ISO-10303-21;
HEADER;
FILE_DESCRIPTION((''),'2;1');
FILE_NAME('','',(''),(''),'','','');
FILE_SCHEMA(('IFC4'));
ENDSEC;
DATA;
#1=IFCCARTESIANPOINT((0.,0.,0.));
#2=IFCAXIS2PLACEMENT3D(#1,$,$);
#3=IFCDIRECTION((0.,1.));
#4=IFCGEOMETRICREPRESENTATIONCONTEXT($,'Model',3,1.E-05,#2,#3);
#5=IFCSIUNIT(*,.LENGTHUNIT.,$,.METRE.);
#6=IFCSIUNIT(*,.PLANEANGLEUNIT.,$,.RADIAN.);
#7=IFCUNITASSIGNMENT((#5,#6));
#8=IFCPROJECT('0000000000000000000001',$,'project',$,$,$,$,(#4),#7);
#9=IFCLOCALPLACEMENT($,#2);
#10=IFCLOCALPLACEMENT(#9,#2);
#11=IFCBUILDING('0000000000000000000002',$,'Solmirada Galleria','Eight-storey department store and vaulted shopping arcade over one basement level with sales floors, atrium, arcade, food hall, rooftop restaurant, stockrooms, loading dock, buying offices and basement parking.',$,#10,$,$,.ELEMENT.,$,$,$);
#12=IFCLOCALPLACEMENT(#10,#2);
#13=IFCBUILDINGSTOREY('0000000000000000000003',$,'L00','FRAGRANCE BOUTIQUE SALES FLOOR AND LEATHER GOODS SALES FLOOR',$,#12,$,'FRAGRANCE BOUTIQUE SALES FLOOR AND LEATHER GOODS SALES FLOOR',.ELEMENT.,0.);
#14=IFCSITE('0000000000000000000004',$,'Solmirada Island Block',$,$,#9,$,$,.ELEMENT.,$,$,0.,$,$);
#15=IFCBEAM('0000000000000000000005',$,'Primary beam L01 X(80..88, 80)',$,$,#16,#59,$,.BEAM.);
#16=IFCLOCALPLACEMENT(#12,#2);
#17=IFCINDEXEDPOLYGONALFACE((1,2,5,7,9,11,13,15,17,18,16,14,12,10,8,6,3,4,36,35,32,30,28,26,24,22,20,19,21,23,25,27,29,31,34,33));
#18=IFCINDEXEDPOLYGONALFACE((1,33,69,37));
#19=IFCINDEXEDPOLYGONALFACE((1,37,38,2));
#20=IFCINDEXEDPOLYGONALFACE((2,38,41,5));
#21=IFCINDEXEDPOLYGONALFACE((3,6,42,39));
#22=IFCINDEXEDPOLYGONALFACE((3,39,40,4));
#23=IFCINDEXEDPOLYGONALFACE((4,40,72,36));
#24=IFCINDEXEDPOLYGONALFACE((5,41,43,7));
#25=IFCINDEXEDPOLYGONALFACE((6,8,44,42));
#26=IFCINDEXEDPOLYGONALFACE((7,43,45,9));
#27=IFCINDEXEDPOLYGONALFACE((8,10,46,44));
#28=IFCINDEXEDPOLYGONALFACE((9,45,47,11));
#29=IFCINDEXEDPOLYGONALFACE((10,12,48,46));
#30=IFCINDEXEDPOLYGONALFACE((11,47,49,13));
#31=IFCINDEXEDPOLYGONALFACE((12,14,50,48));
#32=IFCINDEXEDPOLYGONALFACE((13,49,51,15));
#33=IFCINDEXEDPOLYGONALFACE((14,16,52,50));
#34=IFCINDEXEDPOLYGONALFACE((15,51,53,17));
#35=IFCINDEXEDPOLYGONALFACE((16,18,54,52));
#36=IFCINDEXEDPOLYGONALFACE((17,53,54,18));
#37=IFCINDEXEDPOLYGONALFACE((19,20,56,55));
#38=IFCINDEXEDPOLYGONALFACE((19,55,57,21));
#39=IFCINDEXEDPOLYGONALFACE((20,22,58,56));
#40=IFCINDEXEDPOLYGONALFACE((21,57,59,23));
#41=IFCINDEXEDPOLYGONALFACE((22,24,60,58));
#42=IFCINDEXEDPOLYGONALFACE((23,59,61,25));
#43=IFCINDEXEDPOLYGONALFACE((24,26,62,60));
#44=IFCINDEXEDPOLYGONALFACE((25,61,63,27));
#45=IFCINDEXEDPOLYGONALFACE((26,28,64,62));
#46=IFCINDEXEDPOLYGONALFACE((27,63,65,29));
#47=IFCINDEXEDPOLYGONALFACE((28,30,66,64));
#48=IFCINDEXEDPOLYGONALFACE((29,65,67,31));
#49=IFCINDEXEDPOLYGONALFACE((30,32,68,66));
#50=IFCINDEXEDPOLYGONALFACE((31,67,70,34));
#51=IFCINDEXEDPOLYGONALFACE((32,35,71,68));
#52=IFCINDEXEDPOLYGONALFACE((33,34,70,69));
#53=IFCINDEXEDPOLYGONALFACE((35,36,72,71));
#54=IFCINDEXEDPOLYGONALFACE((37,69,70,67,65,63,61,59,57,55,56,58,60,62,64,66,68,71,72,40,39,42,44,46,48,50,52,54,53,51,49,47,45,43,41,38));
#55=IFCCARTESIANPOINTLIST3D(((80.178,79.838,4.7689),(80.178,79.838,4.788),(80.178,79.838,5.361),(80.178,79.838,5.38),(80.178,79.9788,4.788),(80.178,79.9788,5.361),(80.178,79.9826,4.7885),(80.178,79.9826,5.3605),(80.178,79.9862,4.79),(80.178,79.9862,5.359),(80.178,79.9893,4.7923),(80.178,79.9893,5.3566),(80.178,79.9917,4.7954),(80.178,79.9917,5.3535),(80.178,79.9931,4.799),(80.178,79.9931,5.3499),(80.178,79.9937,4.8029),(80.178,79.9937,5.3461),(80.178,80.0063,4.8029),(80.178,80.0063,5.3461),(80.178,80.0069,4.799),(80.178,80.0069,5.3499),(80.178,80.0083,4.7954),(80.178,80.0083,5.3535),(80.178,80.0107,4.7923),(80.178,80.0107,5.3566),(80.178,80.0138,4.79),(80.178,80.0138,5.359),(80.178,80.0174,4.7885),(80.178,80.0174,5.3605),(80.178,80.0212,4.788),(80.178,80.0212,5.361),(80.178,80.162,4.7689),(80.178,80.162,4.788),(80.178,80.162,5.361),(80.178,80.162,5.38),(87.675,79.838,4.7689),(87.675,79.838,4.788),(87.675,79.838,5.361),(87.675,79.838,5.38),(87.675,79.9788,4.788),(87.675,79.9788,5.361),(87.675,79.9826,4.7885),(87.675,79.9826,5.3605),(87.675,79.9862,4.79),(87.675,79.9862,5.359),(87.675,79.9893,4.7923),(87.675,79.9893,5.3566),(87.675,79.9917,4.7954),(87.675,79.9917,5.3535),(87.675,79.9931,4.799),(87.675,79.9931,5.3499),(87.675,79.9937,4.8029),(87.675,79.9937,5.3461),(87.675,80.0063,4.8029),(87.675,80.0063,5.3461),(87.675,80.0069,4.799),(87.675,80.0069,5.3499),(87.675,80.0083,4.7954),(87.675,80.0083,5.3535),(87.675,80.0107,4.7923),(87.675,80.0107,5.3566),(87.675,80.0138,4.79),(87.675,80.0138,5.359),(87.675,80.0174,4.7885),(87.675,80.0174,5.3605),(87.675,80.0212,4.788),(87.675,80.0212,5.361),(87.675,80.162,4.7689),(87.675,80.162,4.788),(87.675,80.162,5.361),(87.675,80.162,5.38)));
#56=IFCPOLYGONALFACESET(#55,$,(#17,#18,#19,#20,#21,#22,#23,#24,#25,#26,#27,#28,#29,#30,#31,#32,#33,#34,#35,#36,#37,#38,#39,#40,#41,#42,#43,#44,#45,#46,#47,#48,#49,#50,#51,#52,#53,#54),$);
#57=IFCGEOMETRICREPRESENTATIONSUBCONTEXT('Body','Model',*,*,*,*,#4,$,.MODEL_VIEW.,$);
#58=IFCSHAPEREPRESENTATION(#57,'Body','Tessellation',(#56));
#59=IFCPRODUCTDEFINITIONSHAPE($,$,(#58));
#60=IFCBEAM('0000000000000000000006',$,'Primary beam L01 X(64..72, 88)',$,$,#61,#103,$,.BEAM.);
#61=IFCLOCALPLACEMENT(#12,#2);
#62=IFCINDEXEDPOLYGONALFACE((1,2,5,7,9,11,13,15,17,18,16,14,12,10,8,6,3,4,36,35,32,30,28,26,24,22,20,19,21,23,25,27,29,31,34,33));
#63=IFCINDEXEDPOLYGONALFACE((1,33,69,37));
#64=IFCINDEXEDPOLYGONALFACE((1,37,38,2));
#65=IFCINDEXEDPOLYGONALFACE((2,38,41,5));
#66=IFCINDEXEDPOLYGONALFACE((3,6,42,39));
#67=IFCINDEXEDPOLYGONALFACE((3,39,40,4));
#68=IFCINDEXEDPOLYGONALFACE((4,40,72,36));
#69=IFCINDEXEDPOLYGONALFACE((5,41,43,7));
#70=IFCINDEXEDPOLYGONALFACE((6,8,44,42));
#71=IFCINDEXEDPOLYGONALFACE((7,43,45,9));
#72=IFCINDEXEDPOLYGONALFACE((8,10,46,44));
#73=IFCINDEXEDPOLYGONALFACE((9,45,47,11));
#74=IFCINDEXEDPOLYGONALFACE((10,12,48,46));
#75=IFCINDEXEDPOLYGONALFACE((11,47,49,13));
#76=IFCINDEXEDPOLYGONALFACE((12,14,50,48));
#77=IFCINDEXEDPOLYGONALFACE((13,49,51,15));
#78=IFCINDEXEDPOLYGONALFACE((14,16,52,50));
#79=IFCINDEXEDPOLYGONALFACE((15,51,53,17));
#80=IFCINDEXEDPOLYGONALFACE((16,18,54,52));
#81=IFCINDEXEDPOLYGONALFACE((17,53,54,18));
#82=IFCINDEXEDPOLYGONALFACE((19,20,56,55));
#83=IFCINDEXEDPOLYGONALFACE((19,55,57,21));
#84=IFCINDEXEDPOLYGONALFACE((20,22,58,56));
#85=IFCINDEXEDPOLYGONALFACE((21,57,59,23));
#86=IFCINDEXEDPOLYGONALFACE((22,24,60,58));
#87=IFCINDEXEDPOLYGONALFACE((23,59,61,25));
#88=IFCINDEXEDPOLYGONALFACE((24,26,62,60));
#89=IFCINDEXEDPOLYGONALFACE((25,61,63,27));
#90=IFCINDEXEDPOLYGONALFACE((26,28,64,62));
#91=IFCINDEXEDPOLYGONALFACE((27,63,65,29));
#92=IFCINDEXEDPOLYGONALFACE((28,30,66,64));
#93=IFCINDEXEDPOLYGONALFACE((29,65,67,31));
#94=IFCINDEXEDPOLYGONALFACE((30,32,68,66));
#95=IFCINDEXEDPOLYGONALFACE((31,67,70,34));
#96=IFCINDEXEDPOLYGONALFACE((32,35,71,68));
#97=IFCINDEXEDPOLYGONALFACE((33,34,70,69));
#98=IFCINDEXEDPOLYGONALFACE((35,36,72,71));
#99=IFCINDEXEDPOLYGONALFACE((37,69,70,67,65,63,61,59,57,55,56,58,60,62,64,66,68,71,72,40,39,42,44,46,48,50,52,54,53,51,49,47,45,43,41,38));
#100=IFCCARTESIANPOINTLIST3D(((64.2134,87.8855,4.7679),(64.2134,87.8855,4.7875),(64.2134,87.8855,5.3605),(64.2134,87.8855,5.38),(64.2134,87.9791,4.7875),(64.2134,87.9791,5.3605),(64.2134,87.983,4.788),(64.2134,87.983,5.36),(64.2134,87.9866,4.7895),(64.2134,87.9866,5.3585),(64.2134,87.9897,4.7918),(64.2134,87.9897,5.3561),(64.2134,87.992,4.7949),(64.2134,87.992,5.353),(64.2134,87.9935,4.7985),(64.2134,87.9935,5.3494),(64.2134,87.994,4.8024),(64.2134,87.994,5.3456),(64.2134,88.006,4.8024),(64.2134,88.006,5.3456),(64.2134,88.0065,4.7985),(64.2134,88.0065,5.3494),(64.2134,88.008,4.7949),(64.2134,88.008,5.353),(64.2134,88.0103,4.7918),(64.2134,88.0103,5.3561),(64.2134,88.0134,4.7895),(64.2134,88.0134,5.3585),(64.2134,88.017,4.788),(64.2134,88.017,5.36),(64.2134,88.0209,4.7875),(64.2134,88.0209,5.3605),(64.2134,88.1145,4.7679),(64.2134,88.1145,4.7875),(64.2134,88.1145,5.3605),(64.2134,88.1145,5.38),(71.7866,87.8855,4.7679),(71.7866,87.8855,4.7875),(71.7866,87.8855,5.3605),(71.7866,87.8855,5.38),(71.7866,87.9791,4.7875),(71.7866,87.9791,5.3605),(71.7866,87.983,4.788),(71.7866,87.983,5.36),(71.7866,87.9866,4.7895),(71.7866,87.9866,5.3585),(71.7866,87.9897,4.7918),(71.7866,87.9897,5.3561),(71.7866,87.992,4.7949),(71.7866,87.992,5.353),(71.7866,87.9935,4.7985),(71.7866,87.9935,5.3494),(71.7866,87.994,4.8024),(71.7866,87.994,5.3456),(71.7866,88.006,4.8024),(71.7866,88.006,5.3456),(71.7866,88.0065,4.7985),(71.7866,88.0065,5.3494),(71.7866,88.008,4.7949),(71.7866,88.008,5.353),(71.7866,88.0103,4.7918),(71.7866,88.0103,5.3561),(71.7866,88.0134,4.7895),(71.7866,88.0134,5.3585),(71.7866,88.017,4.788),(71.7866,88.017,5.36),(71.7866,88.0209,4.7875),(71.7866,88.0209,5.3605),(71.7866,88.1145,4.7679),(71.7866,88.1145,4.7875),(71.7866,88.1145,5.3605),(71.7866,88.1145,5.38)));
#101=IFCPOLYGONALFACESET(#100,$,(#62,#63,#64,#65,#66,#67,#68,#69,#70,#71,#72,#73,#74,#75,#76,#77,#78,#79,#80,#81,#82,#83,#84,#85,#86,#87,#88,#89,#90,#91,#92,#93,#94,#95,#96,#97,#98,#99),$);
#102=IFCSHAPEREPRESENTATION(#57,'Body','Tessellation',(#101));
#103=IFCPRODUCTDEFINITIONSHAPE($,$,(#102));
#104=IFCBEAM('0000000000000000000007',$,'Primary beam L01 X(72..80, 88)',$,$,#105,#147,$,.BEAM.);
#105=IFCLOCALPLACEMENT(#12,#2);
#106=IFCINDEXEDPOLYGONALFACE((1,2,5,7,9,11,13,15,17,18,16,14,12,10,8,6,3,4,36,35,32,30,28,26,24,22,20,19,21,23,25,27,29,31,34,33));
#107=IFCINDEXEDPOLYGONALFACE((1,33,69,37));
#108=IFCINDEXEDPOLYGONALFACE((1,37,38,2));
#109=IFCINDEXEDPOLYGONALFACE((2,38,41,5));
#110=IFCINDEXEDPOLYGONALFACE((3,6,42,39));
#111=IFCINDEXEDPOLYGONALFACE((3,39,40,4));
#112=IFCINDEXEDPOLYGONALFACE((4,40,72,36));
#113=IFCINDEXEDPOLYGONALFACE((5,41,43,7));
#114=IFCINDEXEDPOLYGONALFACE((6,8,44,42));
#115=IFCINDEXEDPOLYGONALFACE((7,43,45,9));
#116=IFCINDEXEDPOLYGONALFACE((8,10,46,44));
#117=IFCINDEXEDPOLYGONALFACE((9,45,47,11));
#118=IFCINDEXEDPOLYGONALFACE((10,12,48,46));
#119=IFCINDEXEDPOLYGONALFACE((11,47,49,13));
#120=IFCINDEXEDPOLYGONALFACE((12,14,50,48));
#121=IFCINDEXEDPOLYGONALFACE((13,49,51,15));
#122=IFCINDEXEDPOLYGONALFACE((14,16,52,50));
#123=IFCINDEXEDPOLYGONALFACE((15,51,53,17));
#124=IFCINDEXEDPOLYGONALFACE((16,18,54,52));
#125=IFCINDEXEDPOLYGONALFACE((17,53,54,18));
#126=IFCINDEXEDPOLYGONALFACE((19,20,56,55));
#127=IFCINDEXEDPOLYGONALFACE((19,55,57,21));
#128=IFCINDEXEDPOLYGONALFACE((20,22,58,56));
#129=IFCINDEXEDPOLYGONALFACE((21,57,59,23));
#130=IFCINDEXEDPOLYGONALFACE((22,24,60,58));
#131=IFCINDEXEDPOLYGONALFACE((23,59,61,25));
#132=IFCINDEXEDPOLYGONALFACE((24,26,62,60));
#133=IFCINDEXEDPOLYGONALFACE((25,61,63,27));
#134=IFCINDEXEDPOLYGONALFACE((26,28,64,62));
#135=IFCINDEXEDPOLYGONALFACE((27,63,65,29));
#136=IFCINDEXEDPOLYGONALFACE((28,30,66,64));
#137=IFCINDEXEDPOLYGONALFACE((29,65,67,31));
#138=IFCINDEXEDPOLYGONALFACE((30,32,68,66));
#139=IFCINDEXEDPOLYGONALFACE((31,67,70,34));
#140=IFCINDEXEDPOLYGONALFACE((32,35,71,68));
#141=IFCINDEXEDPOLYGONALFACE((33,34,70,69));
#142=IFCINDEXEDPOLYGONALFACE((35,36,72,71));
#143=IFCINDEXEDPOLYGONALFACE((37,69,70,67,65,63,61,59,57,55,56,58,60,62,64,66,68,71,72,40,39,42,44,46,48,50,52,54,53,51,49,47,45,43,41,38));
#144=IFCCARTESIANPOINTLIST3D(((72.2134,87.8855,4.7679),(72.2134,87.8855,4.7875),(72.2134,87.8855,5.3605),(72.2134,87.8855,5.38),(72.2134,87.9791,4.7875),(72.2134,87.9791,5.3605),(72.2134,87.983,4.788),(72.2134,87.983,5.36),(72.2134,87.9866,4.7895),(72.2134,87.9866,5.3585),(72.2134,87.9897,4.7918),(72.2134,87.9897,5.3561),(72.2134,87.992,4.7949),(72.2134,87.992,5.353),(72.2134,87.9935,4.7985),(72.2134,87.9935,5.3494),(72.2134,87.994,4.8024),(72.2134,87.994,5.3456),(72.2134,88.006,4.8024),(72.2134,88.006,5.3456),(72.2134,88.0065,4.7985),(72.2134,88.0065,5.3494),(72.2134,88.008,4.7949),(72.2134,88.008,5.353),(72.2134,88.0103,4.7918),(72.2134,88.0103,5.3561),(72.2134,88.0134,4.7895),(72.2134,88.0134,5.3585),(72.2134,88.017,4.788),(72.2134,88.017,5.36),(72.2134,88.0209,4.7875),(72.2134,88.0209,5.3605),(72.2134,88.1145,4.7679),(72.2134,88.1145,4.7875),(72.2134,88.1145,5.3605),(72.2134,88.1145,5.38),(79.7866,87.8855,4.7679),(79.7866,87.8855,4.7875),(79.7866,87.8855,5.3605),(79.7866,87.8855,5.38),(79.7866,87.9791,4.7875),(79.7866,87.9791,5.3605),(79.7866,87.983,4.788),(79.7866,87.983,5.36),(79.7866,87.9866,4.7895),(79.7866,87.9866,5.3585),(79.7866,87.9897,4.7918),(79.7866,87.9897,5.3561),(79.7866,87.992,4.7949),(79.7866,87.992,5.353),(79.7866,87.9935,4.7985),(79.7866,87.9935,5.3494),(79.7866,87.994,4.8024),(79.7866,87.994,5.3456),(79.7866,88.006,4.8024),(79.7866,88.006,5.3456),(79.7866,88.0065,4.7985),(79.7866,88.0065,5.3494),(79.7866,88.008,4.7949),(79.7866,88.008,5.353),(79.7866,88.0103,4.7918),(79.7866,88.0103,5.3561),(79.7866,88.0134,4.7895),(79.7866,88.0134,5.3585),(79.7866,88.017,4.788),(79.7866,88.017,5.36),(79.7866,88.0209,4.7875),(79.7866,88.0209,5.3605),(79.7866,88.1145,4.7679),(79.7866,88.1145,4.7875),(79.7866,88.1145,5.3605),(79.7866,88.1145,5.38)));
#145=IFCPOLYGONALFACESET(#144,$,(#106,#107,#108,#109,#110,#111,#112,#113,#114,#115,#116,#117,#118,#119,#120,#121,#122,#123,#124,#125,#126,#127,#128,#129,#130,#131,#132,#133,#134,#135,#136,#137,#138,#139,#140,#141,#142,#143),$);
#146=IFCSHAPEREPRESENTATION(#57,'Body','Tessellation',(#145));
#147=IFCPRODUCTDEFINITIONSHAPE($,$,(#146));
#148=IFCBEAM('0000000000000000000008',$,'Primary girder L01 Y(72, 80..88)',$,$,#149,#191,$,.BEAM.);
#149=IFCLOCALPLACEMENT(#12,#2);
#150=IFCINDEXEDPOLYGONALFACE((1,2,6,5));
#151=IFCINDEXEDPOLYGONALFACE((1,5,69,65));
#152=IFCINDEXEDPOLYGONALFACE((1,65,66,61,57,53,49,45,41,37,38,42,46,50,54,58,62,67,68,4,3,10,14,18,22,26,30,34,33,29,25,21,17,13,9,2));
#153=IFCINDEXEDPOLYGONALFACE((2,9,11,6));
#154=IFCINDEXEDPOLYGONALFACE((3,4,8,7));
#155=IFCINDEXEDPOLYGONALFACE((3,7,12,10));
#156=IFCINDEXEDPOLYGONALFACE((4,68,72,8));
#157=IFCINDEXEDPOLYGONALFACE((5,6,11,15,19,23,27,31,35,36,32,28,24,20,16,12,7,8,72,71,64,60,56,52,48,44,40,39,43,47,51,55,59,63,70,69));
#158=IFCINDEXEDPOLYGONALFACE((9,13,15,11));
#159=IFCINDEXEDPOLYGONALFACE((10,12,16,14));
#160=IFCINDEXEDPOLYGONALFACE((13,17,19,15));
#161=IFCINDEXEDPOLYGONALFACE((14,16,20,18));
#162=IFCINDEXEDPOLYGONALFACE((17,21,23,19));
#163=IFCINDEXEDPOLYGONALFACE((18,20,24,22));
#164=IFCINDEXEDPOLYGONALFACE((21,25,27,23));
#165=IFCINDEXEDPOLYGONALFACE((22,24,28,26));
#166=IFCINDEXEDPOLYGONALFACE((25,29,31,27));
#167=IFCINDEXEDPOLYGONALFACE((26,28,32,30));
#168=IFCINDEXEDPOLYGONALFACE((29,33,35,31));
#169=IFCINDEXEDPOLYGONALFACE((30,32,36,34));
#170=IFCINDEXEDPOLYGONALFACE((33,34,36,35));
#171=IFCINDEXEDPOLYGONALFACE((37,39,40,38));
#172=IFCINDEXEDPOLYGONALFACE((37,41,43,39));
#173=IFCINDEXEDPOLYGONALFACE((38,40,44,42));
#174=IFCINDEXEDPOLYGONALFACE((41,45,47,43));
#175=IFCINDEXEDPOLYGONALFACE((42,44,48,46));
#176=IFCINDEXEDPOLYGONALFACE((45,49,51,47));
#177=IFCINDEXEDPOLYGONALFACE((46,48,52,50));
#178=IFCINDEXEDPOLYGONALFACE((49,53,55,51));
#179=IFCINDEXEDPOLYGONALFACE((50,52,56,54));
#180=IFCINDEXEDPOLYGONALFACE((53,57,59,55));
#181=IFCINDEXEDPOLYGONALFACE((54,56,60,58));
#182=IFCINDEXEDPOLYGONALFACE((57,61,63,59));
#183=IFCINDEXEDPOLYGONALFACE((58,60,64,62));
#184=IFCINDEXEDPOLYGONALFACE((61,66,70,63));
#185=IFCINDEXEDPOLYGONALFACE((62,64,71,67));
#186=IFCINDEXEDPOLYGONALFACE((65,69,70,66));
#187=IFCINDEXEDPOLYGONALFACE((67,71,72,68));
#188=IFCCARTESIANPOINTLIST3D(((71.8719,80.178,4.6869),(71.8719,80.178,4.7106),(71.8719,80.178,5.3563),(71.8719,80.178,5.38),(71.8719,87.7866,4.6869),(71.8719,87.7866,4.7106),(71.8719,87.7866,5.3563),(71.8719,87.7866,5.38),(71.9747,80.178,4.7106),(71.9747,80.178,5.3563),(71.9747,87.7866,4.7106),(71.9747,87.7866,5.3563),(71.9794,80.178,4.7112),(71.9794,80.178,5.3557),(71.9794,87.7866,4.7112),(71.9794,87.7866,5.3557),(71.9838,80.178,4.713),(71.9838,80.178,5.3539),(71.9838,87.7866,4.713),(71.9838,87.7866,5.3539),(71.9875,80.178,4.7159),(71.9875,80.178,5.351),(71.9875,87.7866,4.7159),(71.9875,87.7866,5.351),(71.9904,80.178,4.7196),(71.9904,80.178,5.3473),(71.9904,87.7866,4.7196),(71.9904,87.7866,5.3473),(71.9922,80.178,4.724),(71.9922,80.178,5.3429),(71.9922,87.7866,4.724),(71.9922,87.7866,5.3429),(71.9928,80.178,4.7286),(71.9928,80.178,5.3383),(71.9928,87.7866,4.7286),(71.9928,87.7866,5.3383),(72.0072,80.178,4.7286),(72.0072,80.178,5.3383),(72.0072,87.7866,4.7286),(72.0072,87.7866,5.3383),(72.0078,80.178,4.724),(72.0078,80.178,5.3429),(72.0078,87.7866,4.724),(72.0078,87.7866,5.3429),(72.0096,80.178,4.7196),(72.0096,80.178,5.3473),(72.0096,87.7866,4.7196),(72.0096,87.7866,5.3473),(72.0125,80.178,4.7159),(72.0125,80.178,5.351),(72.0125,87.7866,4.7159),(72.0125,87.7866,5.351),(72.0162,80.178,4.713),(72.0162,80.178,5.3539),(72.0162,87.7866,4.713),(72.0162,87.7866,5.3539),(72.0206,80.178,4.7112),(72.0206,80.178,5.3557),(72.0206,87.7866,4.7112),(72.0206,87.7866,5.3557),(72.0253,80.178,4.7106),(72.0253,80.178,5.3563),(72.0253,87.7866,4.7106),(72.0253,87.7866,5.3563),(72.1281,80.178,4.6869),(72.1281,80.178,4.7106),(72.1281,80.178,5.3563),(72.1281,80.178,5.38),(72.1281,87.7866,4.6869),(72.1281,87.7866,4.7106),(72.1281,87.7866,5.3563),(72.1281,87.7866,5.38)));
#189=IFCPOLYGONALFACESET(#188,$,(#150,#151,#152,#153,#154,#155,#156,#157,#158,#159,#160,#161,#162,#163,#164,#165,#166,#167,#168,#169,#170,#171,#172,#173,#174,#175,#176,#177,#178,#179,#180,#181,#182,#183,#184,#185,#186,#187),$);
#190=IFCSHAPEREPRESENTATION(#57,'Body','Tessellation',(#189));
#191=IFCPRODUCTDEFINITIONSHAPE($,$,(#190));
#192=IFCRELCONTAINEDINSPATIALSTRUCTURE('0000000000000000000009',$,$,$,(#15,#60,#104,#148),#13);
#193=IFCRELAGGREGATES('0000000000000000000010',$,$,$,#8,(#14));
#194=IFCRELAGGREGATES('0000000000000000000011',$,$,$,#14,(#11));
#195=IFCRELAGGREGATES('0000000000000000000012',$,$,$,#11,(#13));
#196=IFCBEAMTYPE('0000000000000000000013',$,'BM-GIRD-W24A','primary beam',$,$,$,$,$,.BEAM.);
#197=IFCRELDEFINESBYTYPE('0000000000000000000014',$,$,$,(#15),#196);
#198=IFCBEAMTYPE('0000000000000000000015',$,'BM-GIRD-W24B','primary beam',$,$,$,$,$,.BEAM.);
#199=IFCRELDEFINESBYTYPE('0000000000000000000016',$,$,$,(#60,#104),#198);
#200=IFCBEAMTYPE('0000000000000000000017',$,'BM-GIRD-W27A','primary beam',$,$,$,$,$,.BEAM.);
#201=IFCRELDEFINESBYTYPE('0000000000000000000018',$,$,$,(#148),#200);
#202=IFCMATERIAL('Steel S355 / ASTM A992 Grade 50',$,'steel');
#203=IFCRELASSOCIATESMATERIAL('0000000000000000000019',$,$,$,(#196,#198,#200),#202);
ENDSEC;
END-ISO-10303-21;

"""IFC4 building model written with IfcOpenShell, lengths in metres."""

from ifc_helpers import new_model, si_unit, direction, frame, origin, origin_2d, place, context, subcontext, project, spatial, i_section, extrude, material, material_profile, profile_set, type_object, element, save


model = new_model("IFC4")

# Units and contexts
model_context = context("Model", 3, precision=1e-05, world=origin(), true_north=direction((0.0, 1.0)))
body_context = subcontext(model_context, "Body", "Model", "MODEL_VIEW")
ifc_project = project(units=[si_unit("LENGTHUNIT", "METRE"), si_unit("PLANEANGLEUNIT", "RADIAN")], contexts=[model_context])

# Site, building, storey
site_placement = place(None, origin())
site = spatial("IfcSite", under=ifc_project, at=site_placement, Name="Solmirada Island Block", CompositionType="ELEMENT", RefElevation=0.0)
building_placement = place(site_placement, origin())
building = spatial("IfcBuilding", under=site, at=building_placement, Name="Solmirada Galleria", Description="Eight-storey department store and vaulted shopping arcade over one basement level with sales floors, atrium, arcade, food hall, rooftop restaurant, stockrooms, loading dock, buying offices and basement parking.", CompositionType="ELEMENT")
storey_placement = place(building_placement, origin())
storey = spatial("IfcBuildingStorey", under=building, at=storey_placement, Name="L00", Description="FRAGRANCE BOUTIQUE SALES FLOOR AND LEATHER GOODS SALES FLOOR", LongName="FRAGRANCE BOUTIQUE SALES FLOOR AND LEATHER GOODS SALES FLOOR", CompositionType="ELEMENT", Elevation=0.0)

# Beams
ifc_material_1 = material(Name="Steel S355 / ASTM A992 Grade 50", Category="steel")
ifc_material_profile_1 = material_profile(ifc_material_1, i_section(OverallWidth=0.324, OverallDepth=0.6111, WebThickness=0.0127, FlangeThickness=0.019, FilletRadius=0.0149, at=origin_2d()), Name="W24X104")
ifc_profile_set_1 = profile_set([ifc_material_profile_1], Name="Steel S355 / ASTM A992 Grade 50")
beam_type_1 = type_object("IfcBeamType", Name="BM-GIRD-W24A", Description="primary beam", PredefinedType="BEAM", material=ifc_profile_set_1)
beam_1_placement = place(storey_placement, frame((80.178, 80.0, 5.0745), z_axis=(1.0, 0.0, 0.0), x_axis=(0.0, 1.0, 0.0)))
element("IfcBeam", 1, at=beam_1_placement, inside=storey, type_object=beam_type_1, Name="Primary beam L01 X(80..88, 80)", PredefinedType="BEAM", context=body_context, shape_type="SweptSolid", body=[
    extrude(i_section(OverallWidth=0.324, OverallDepth=0.6111, WebThickness=0.0127, FlangeThickness=0.019, FilletRadius=0.0149, at=origin_2d()), origin(), (0.0, 0.0, 1.0), 7.4971),
])
ifc_material_profile_2 = material_profile(ifc_material_1, i_section(OverallWidth=0.229, OverallDepth=0.6121, WebThickness=0.012, FlangeThickness=0.0195, FilletRadius=0.0149, at=origin_2d()), Name="W24X84")
ifc_profile_set_2 = profile_set([ifc_material_profile_2], Name="Steel S355 / ASTM A992 Grade 50")
beam_type_2 = type_object("IfcBeamType", Name="BM-GIRD-W24B", Description="primary beam", PredefinedType="BEAM", material=ifc_profile_set_2)
for number, where, z_axis, x_axis, name in (
    (2, (64.2134, 88.0, 5.074), (1.0, 0.0, 0.0), (0.0, 1.0, 0.0), "Primary beam L01 X(64..72, 88)"),
    (3, (72.2134, 88.0, 5.074), (1.0, 0.0, 0.0), (0.0, 1.0, 0.0), "Primary beam L01 X(72..80, 88)"),
):
    element("IfcBeam", number, at=place(storey_placement, frame(where, z_axis=z_axis, x_axis=x_axis)), inside=storey, type_object=beam_type_2, Name=name, PredefinedType="BEAM", context=body_context, shape_type="SweptSolid", body=[
        extrude(i_section(OverallWidth=0.229, OverallDepth=0.6121, WebThickness=0.012, FlangeThickness=0.0195, FilletRadius=0.0149, at=origin_2d()), origin(), (0.0, 0.0, 1.0), 7.5732),
    ])
ifc_material_profile_3 = material_profile(ifc_material_1, i_section(OverallWidth=0.2561, OverallDepth=0.6931, WebThickness=0.0144, FlangeThickness=0.0237, FilletRadius=0.0181, at=origin_2d()), Name="W27X114")
ifc_profile_set_3 = profile_set([ifc_material_profile_3], Name="Steel S355 / ASTM A992 Grade 50")
beam_type_3 = type_object("IfcBeamType", Name="BM-GIRD-W27A", Description="primary beam", PredefinedType="BEAM", material=ifc_profile_set_3)
beam_2_placement = place(storey_placement, frame((72.0, 80.178, 5.0334), z_axis=(0.0, 1.0, 0.0), x_axis=(-1.0, 0.0, 0.0)))
element("IfcBeam", 4, at=beam_2_placement, inside=storey, type_object=beam_type_3, Name="Primary girder L01 Y(72, 80..88)", PredefinedType="BEAM", context=body_context, shape_type="SweptSolid", body=[
    extrude(i_section(OverallWidth=0.2561, OverallDepth=0.6931, WebThickness=0.0144, FlangeThickness=0.0237, FilletRadius=0.0181, at=origin_2d()), origin(), (0.0, 0.0, 1.0), 7.6086),
])

save(model, "model.ifc")
